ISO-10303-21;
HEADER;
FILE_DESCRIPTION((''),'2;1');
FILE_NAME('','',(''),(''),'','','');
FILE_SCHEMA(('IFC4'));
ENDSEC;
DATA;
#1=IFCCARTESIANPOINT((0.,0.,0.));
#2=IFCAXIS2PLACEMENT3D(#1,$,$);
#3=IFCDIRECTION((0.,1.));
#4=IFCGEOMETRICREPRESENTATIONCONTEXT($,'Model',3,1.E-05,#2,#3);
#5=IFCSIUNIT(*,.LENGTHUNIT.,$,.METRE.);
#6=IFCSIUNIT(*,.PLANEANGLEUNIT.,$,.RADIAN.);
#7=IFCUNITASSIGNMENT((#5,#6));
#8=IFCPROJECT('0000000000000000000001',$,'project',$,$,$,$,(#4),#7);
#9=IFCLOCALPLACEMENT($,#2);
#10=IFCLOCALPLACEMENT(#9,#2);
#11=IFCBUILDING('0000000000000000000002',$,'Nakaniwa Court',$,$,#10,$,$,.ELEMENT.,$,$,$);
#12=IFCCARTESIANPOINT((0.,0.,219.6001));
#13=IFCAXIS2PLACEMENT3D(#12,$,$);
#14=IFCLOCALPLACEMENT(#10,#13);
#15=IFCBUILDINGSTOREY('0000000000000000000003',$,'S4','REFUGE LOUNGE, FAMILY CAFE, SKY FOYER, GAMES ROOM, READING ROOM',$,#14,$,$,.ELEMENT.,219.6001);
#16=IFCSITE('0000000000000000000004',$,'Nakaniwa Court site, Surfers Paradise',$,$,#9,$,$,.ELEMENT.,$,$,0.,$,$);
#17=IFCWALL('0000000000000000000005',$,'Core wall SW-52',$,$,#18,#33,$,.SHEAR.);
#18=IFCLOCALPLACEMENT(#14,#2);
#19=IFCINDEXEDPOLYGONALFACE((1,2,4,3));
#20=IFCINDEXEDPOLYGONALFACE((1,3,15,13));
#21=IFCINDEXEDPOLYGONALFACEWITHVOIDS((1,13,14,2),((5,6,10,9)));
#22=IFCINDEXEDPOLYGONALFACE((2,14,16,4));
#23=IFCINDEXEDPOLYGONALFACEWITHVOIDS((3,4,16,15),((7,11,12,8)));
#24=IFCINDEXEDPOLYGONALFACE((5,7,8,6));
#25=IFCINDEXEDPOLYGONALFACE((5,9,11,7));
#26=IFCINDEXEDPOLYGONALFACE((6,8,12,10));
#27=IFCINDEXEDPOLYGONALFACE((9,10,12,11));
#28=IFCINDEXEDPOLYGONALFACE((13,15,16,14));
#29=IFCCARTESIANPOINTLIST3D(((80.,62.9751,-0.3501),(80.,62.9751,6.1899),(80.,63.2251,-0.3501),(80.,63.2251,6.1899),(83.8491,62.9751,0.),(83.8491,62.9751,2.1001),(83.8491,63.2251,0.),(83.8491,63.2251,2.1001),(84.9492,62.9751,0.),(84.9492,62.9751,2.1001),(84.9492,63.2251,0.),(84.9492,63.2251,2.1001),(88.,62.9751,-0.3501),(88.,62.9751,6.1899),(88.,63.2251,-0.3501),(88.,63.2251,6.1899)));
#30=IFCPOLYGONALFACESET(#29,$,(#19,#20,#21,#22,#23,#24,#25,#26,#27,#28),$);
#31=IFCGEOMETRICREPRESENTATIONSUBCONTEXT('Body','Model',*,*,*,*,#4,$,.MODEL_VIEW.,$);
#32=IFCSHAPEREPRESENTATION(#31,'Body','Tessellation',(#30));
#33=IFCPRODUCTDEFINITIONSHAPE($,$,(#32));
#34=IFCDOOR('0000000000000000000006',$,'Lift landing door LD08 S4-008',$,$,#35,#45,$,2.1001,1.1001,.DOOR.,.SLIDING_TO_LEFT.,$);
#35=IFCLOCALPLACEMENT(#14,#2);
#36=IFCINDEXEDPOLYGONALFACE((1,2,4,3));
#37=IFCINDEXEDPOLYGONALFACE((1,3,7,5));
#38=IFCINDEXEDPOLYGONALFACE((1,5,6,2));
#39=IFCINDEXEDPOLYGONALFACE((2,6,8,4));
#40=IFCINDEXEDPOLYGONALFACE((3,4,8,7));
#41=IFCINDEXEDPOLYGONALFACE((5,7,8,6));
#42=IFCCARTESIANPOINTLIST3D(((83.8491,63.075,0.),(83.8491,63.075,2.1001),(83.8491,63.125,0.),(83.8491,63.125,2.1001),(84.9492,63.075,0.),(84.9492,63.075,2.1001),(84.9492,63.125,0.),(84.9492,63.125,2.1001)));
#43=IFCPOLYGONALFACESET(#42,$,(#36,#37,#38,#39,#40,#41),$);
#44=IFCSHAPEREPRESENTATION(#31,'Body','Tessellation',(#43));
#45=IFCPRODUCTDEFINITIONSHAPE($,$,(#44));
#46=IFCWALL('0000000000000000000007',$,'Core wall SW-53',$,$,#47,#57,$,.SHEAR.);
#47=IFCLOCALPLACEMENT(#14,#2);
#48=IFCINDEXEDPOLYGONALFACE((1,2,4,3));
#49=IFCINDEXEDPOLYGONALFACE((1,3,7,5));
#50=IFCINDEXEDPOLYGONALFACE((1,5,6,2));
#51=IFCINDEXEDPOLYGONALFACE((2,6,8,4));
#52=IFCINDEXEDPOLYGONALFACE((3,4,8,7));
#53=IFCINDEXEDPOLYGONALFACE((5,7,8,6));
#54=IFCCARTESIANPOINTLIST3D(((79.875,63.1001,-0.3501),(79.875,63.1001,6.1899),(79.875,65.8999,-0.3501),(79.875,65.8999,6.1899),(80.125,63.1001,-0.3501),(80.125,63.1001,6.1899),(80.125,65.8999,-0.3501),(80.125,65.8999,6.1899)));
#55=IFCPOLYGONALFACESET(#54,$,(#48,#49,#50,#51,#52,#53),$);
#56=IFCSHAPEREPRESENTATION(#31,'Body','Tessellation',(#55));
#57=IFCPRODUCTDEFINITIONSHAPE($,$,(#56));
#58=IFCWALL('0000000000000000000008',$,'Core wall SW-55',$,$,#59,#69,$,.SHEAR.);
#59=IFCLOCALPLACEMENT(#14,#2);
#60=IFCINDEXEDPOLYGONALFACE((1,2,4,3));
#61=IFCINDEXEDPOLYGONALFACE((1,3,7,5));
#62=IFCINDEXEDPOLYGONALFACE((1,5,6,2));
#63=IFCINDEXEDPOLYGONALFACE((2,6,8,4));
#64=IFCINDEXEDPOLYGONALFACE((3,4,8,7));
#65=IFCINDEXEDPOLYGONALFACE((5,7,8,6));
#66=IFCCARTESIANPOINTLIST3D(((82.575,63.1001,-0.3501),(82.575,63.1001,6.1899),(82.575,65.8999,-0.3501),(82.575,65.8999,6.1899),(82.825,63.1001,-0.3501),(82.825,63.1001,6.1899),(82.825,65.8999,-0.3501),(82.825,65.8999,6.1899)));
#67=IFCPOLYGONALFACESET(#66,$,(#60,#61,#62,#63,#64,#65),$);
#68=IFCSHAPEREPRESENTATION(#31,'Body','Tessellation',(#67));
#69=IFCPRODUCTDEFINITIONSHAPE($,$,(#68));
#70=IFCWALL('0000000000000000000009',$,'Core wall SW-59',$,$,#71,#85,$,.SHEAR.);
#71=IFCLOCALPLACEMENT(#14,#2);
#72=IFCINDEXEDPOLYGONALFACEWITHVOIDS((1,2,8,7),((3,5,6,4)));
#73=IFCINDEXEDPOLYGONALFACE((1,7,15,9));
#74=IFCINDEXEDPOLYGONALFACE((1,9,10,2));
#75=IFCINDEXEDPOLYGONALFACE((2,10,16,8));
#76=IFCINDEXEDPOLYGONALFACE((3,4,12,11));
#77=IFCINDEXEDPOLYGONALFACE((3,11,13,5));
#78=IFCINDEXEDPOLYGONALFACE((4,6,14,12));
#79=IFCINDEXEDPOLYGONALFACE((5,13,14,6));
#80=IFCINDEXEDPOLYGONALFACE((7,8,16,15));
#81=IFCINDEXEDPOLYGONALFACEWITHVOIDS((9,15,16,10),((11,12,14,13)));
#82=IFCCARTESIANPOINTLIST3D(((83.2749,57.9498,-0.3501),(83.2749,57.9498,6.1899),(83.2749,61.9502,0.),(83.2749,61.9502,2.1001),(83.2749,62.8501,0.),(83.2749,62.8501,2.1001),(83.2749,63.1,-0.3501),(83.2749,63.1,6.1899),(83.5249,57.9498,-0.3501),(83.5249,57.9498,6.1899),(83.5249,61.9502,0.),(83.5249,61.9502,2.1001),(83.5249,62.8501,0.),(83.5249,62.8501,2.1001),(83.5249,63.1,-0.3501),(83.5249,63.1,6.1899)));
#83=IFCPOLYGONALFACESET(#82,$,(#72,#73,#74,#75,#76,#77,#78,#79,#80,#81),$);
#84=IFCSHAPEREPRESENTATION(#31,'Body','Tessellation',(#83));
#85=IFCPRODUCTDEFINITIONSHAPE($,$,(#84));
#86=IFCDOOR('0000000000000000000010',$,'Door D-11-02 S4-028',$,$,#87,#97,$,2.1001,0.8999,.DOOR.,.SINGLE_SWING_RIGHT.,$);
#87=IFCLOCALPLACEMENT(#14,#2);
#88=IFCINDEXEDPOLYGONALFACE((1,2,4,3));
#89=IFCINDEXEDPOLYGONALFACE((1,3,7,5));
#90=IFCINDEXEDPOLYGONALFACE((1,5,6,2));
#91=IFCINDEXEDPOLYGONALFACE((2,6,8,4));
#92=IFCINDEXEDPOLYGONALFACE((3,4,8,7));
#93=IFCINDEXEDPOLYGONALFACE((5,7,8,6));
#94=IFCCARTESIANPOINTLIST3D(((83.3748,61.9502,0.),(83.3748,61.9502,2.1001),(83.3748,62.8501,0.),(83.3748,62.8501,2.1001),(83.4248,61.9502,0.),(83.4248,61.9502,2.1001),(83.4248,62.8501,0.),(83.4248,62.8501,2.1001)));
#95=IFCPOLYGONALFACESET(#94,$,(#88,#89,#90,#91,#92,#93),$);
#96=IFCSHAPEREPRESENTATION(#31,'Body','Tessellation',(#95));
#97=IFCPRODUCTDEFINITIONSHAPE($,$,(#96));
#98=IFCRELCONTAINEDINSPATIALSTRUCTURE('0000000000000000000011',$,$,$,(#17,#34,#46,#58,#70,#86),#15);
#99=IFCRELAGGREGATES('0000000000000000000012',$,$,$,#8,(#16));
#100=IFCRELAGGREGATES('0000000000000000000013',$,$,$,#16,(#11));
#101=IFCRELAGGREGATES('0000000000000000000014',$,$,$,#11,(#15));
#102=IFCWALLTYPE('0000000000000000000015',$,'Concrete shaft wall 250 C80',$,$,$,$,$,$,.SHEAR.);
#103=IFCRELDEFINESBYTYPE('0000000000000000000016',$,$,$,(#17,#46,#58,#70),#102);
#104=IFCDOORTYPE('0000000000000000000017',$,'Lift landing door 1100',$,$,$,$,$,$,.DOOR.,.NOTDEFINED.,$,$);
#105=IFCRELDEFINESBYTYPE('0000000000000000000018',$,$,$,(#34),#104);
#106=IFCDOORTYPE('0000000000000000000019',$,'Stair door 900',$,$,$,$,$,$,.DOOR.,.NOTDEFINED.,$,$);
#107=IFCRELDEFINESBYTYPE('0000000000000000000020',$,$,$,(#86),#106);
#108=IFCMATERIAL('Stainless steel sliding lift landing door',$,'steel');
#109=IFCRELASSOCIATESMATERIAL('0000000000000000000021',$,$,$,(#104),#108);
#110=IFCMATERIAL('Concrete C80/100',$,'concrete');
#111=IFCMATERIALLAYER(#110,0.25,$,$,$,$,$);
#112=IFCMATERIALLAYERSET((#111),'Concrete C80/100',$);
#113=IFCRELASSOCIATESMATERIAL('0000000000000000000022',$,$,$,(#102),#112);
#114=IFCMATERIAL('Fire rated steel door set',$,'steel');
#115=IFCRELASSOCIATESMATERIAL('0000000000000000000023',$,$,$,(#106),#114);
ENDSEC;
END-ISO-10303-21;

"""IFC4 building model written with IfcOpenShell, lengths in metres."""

from ifc_helpers import new_model, si_unit, direction, frame, frame_2d, origin, place, context, subcontext, project, spatial, rectangle, extrude, material, layer, layer_set, type_object, element, fill, save


model = new_model("IFC4")

# Units and contexts
model_context = context("Model", 3, precision=1e-05, world=origin(), true_north=direction((0.0, 1.0)))
body_context = subcontext(model_context, "Body", "Model", "MODEL_VIEW")
ifc_project = project(units=[si_unit("LENGTHUNIT", "METRE"), si_unit("PLANEANGLEUNIT", "RADIAN")], contexts=[model_context])

# Site, building, storey
site_placement = place(None, origin())
site = spatial("IfcSite", under=ifc_project, at=site_placement, Name="Nakaniwa Court site, Surfers Paradise", CompositionType="ELEMENT", RefElevation=0.0)
building_placement = place(site_placement, origin())
building = spatial("IfcBuilding", under=site, at=building_placement, Name="Nakaniwa Court", CompositionType="ELEMENT")
storey_placement = place(building_placement, frame((0.0, 0.0, 219.6001)))
storey = spatial("IfcBuildingStorey", under=building, at=storey_placement, Name="S4", Description="REFUGE LOUNGE, FAMILY CAFE, SKY FOYER, GAMES ROOM, READING ROOM", CompositionType="ELEMENT", Elevation=219.6001)

# Shared definitions
ifc_material_1 = material(Name="Concrete C80/100", Category="concrete")

# Shared definitions
ifc_material_2 = material(Name="Fire rated steel door set", Category="steel")

# Shared definitions
ifc_material_3 = material(Name="Stainless steel sliding lift landing door", Category="steel")
door_type_1 = type_object("IfcDoorType", Name="Lift landing door 1100", OperationType="NOTDEFINED", PredefinedType="DOOR", material=ifc_material_3)

# Shared definitions
ifc_layer_1 = layer(ifc_material_1, 0.25)
ifc_layer_set_1 = layer_set([ifc_layer_1], Name="Concrete C80/100")
wall_type_1 = type_object("IfcWallType", Name="Concrete shaft wall 250 C80", PredefinedType="SHEAR", material=ifc_layer_set_1)

# Wall, opening, door
wall_1_placement = place(storey_placement, frame((80.0, 63.1001, -0.3501), z_axis=(0.0, 0.0, 1.0), x_axis=(1.0, 0.0, 0.0)))
wall_1 = element("IfcWall", 1, at=wall_1_placement, inside=storey, type_object=wall_type_1, Name="Core wall SW-52", PredefinedType="SHEAR", context=body_context, shape_type="SweptSolid", body=[
    extrude(rectangle(XDim=8.0, YDim=0.25, at=frame_2d((4.0, 0.0))), origin(), (0.0, 0.0, 1.0), 6.54),
])
opening_1_placement = place(wall_1_placement, frame((3.8491, 0.0, 0.3501)))
opening_1 = element("IfcOpeningElement", 2, at=opening_1_placement, cuts=wall_1, PredefinedType="OPENING", context=body_context, shape_type="SweptSolid", body=[
    extrude(rectangle(XDim=1.1001, YDim=2.1001, at=frame_2d((0.55, 1.05))), frame((0.0, 0.135, 0.0), z_axis=(0.0, -1.0, 0.0), x_axis=(1.0, 0.0, 0.0)), (0.0, 0.0, 1.0), 0.27),
])
door_1_placement = place(opening_1_placement, origin())
door_1 = element("IfcDoor", 3, at=door_1_placement, inside=storey, type_object=door_type_1, Name="Lift landing door LD08 S4-008", OperationType="SLIDING_TO_LEFT", OverallHeight=2.1001, OverallWidth=1.1001, PredefinedType="DOOR", context=body_context, shape_type="SweptSolid", body=[
    extrude(rectangle(XDim=1.1001, YDim=2.1001, at=frame_2d((0.55, 1.05))), frame((0.0, 0.0249, 0.0), z_axis=(0.0, -1.0, 0.0), x_axis=(1.0, 0.0, 0.0)), (0.0, 0.0, 1.0), 0.05),
])
fill(opening_1, door_1)

# Walls
for number, where, z_axis, x_axis, name in (
    (4, (80.0, 63.1001, -0.3501), (0.0, 0.0, 1.0), (0.0, 1.0, 0.0), "Core wall SW-53"),
    (5, (82.7, 63.1001, -0.3501), (0.0, 0.0, 1.0), (0.0, 1.0, 0.0), "Core wall SW-55"),
):
    element("IfcWall", number, at=place(storey_placement, frame(where, z_axis=z_axis, x_axis=x_axis)), inside=storey, type_object=wall_type_1, Name=name, PredefinedType="SHEAR", context=body_context, shape_type="SweptSolid", body=[
        extrude(rectangle(XDim=2.7998, YDim=0.25, at=frame_2d((1.3999, 0.0))), origin(), (0.0, 0.0, 1.0), 6.54),
    ])

# Wall, opening, door
wall_2_placement = place(storey_placement, frame((83.3999, 63.1001, -0.3501), z_axis=(0.0, 0.0, 1.0), x_axis=(0.0, -1.0, 0.0)))
wall_2 = element("IfcWall", 6, at=wall_2_placement, inside=storey, type_object=wall_type_1, Name="Core wall SW-59", PredefinedType="SHEAR", context=body_context, shape_type="SweptSolid", body=[
    extrude(rectangle(XDim=5.1501, YDim=0.25, at=frame_2d((2.5752, 0.0))), origin(), (0.0, 0.0, 1.0), 6.54),
])
opening_2_placement = place(wall_2_placement, frame((0.25, 0.0, 0.3501)))
opening_2 = element("IfcOpeningElement", 7, at=opening_2_placement, cuts=wall_2, PredefinedType="OPENING", context=body_context, shape_type="SweptSolid", body=[
    extrude(rectangle(XDim=0.8999, YDim=2.1001, at=frame_2d((0.45, 1.05))), frame((0.0, 0.135, 0.0), z_axis=(0.0, -1.0, 0.0), x_axis=(1.0, 0.0, 0.0)), (0.0, 0.0, 1.0), 0.27),
])
door_type_2 = type_object("IfcDoorType", Name="Stair door 900", OperationType="NOTDEFINED", PredefinedType="DOOR", material=ifc_material_2)
door_2_placement = place(opening_2_placement, origin())
door_2 = element("IfcDoor", 8, at=door_2_placement, inside=storey, type_object=door_type_2, Name="Door D-11-02 S4-028", OperationType="SINGLE_SWING_RIGHT", OverallHeight=2.1001, OverallWidth=0.8999, PredefinedType="DOOR", context=body_context, shape_type="SweptSolid", body=[
    extrude(rectangle(XDim=0.8999, YDim=2.1001, at=frame_2d((0.45, 1.05))), frame((0.0, 0.0249, 0.0), z_axis=(0.0, -1.0, 0.0), x_axis=(1.0, 0.0, 0.0)), (0.0, 0.0, 1.0), 0.05),
])
fill(opening_2, door_2)

save(model, "model.ifc")
